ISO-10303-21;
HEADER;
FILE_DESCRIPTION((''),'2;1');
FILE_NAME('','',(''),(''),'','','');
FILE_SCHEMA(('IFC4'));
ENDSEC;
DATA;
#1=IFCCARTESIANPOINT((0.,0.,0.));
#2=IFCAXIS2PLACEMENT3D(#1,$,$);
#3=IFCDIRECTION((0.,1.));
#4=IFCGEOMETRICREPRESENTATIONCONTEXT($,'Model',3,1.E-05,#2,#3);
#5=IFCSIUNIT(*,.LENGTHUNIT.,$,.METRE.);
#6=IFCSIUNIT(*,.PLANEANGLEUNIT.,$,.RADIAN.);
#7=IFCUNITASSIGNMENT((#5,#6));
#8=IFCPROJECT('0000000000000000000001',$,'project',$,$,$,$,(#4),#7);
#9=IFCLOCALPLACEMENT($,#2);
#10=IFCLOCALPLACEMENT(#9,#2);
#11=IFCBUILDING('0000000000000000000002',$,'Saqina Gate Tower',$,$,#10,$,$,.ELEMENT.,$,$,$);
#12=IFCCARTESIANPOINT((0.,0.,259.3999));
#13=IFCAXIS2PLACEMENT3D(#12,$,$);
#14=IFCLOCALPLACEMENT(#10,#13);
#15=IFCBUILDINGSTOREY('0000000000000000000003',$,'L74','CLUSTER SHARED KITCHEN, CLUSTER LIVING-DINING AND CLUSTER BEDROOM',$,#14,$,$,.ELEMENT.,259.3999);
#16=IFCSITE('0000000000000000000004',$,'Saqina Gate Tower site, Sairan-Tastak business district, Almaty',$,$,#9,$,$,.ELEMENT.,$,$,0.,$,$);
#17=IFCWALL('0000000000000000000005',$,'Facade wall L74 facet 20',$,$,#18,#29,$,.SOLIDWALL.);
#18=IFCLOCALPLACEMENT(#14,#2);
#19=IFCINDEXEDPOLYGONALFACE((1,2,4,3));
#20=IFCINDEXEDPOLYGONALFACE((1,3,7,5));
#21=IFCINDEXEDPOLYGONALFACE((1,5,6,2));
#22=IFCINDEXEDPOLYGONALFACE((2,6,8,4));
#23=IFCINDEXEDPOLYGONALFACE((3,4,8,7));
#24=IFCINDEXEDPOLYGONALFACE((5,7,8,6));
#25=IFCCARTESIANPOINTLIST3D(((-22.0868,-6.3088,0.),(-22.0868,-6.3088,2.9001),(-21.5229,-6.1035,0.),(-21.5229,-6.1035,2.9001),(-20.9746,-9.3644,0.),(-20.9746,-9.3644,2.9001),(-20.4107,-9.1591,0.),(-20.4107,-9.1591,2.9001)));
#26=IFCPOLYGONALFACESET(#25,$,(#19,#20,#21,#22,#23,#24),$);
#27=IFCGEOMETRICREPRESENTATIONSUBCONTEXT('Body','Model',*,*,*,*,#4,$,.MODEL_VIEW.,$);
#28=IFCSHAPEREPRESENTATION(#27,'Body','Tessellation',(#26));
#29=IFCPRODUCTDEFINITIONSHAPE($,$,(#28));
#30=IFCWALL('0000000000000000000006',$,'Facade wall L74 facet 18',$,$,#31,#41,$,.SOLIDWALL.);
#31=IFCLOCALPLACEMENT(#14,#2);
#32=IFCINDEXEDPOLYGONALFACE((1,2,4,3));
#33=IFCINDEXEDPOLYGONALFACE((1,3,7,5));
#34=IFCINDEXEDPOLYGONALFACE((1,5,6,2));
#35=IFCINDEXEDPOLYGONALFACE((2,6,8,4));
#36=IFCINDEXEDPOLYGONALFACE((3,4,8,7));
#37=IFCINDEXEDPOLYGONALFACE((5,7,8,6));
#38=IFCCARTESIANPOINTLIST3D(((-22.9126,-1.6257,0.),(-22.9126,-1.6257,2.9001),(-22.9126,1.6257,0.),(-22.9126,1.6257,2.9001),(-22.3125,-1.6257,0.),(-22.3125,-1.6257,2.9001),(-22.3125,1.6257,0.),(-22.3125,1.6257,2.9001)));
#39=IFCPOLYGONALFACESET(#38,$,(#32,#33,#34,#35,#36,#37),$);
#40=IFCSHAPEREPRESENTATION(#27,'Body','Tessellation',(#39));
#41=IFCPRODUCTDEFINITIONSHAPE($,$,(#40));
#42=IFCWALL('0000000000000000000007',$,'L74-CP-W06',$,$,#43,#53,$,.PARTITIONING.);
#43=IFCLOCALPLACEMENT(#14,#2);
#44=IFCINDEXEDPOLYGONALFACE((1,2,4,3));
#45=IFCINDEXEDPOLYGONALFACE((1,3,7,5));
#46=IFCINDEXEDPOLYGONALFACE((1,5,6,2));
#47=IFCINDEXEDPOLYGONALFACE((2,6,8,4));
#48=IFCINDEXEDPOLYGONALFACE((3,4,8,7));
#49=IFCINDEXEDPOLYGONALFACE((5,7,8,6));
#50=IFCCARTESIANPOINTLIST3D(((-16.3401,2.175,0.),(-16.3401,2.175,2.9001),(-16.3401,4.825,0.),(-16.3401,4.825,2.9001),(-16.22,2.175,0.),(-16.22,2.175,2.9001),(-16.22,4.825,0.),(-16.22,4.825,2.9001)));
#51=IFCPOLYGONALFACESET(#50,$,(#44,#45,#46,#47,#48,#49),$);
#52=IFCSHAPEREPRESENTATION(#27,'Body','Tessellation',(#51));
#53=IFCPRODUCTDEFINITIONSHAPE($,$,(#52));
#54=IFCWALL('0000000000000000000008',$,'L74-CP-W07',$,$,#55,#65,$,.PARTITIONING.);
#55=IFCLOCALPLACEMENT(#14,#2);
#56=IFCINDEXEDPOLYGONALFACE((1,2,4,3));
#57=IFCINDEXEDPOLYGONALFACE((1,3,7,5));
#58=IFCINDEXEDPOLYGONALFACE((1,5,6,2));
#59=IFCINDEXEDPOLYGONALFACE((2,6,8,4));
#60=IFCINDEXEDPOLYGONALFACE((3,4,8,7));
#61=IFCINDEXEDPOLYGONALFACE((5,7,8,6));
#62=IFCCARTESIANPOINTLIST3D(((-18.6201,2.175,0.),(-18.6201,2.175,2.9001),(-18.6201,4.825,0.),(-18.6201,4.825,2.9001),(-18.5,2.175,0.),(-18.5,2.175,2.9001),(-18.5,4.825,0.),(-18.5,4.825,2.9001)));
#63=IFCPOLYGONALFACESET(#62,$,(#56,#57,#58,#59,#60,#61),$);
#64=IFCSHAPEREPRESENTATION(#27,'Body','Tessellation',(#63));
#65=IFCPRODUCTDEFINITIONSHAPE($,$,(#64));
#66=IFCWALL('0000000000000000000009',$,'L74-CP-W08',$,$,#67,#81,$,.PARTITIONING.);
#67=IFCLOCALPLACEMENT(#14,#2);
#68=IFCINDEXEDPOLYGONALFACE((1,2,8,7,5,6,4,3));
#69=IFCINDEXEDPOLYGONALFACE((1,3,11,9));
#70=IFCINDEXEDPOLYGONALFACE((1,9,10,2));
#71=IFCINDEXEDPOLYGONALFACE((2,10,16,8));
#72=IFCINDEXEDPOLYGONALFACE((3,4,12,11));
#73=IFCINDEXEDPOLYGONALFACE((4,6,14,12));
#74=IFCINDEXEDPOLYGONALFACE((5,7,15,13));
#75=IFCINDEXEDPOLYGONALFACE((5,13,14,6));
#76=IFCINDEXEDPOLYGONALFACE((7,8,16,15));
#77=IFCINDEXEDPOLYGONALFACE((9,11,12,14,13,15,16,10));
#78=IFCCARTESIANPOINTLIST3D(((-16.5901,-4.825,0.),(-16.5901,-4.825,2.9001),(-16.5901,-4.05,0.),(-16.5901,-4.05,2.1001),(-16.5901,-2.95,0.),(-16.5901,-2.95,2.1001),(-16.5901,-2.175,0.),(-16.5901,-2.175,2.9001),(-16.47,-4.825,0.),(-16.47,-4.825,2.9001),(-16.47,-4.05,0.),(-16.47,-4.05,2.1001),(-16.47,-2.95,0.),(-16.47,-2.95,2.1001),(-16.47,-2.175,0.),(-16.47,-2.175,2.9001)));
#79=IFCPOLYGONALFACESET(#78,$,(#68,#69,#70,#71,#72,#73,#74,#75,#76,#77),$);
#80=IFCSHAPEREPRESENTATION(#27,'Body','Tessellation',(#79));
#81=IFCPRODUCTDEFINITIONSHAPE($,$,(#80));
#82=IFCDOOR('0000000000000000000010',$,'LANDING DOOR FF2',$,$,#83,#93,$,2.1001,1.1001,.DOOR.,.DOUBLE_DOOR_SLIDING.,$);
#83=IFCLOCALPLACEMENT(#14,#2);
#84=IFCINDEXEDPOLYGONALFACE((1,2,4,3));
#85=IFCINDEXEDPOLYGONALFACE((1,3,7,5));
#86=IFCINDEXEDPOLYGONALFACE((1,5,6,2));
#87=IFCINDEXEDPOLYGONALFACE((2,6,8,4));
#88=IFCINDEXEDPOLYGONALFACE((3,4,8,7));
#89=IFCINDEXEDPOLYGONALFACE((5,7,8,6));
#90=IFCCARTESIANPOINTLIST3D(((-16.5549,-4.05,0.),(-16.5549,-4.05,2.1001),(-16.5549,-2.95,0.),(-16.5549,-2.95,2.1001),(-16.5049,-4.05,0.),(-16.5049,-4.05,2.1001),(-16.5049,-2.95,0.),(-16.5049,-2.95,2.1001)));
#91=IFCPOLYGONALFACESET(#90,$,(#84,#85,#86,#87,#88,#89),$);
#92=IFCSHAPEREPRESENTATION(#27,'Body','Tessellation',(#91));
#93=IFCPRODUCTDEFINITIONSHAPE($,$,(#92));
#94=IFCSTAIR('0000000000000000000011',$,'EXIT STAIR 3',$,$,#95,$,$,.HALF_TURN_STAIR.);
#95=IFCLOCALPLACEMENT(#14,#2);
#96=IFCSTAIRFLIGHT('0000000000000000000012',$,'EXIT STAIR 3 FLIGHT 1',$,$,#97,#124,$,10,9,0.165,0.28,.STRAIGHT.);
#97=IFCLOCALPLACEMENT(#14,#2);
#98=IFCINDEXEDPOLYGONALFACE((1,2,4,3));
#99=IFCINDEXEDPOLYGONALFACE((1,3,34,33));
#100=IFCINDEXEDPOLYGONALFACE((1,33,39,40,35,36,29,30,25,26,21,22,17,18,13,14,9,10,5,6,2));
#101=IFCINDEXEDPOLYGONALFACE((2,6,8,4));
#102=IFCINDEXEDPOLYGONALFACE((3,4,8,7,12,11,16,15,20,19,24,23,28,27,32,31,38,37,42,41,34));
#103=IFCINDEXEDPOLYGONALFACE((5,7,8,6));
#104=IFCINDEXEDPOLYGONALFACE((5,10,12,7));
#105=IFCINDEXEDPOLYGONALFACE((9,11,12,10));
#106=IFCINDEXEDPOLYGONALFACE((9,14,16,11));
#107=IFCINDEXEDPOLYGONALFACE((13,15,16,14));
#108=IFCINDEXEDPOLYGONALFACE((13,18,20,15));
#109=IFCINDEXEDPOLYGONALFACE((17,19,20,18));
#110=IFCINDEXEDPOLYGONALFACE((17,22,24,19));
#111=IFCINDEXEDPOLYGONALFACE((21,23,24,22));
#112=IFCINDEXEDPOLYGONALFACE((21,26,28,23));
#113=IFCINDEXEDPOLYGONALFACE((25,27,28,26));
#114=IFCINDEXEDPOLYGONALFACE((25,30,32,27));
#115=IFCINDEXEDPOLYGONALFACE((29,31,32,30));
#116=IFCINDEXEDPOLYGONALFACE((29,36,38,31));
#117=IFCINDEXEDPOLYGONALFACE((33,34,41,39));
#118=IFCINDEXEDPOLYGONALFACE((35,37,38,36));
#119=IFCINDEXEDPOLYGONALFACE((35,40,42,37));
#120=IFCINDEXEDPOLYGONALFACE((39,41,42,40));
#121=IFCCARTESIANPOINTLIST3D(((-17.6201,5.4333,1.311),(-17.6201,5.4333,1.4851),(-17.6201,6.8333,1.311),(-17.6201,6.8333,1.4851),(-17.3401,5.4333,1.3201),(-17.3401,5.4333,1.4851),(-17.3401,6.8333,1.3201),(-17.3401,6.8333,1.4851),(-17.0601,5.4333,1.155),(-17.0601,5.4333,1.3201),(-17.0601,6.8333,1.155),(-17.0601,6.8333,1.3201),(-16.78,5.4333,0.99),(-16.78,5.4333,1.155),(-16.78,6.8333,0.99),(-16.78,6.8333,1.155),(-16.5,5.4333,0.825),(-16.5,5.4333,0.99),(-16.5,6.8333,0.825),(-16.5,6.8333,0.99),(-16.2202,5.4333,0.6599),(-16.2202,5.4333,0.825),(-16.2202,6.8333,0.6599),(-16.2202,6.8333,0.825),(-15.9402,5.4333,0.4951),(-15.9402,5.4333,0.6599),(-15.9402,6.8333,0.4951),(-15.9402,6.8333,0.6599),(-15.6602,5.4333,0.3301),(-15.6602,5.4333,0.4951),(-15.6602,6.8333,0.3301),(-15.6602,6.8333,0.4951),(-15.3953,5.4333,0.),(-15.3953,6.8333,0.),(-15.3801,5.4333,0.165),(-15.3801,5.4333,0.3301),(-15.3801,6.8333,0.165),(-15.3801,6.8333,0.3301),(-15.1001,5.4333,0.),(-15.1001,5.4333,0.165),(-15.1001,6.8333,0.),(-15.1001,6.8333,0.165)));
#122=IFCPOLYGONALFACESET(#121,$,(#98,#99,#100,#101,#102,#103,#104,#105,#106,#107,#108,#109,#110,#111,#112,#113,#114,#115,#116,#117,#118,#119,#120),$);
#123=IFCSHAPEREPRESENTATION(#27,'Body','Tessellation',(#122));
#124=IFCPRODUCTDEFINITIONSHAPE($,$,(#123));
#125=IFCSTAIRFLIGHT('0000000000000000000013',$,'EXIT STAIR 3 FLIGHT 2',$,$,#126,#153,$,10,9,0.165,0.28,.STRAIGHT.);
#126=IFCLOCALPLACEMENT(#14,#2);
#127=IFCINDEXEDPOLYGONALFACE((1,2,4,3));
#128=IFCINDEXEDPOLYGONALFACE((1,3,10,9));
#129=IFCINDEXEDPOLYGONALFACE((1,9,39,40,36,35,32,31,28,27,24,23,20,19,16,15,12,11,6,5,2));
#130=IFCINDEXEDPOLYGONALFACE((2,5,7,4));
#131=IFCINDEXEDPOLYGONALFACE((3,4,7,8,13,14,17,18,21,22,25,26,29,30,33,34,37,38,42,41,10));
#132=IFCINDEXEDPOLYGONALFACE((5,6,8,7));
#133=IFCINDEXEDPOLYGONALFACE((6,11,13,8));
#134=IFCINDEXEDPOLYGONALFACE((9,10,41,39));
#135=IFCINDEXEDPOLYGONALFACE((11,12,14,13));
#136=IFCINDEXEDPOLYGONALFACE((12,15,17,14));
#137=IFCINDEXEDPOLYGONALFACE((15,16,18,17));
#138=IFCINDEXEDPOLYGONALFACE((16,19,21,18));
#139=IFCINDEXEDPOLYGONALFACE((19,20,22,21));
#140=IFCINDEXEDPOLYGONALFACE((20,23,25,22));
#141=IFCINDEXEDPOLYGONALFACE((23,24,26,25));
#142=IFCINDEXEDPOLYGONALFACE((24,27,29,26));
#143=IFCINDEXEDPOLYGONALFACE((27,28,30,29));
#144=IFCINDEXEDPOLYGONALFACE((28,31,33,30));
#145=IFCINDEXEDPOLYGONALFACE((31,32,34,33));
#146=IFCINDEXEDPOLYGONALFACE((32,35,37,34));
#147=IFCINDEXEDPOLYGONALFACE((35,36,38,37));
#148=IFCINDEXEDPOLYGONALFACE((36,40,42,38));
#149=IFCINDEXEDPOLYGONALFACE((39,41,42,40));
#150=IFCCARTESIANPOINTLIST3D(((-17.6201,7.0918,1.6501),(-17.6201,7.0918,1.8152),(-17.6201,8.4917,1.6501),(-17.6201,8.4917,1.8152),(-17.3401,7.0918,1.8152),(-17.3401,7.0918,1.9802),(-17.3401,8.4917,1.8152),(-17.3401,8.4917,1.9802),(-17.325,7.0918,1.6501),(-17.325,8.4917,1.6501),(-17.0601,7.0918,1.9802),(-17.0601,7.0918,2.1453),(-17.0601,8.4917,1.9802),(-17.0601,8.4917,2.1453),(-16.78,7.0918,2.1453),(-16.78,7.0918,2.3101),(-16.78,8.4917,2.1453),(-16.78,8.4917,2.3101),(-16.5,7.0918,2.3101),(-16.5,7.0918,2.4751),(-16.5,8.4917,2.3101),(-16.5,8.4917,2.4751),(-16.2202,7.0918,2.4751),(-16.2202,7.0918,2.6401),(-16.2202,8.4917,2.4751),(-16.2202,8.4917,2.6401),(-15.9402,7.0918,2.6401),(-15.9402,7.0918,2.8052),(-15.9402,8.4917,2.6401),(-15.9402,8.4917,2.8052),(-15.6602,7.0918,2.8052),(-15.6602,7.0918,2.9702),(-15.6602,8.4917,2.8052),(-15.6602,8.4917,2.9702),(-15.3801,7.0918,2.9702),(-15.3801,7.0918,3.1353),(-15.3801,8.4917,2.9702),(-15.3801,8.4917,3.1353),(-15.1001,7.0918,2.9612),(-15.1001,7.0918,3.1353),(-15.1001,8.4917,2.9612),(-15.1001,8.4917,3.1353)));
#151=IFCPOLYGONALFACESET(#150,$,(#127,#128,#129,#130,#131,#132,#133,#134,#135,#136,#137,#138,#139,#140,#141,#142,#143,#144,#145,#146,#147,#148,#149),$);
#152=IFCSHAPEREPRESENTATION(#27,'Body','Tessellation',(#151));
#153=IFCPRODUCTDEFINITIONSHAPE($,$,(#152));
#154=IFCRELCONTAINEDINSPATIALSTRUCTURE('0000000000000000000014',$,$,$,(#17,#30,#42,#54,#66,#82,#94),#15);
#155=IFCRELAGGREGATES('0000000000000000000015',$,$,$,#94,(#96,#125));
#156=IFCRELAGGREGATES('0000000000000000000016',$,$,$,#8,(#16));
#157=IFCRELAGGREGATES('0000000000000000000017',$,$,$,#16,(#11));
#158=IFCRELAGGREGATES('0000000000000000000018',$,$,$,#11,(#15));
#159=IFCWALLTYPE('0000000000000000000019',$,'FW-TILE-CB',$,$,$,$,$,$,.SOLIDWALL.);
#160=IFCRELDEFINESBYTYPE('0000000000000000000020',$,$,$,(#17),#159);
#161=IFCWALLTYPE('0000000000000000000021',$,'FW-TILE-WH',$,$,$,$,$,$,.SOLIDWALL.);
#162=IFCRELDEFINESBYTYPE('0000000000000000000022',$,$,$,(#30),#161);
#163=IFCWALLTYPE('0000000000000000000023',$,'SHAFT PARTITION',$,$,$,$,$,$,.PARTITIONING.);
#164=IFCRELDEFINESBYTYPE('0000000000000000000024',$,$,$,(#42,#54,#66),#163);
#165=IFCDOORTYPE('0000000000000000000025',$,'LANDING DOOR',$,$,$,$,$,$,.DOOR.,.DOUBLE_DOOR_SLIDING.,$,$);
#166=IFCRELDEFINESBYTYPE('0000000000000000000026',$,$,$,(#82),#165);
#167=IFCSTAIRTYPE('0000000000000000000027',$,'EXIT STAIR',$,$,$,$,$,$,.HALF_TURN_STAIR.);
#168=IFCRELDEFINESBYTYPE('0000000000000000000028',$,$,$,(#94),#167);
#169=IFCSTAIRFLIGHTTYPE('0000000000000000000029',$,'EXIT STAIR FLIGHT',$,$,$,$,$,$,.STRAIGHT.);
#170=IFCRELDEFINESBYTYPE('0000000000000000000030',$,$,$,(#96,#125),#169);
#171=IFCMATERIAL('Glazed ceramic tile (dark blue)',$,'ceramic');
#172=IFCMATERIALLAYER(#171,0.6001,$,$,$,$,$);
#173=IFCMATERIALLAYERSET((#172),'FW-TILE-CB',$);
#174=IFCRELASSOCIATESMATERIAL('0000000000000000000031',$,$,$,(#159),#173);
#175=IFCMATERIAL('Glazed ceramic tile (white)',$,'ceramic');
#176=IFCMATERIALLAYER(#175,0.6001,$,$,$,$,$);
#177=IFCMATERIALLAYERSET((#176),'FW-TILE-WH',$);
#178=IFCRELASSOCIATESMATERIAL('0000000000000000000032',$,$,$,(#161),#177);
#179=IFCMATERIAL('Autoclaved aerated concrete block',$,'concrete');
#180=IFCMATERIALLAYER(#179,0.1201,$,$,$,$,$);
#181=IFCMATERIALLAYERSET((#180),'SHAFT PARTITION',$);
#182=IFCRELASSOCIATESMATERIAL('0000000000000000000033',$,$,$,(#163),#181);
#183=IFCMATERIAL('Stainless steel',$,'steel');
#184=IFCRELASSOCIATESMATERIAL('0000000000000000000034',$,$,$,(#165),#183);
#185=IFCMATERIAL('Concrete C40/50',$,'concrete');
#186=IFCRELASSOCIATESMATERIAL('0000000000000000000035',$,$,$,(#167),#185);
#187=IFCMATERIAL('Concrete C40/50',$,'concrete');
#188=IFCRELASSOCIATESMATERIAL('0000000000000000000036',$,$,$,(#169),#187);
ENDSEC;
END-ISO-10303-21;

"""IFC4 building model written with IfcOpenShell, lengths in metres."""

from ifc_helpers import new_model, si_unit, direction, frame, frame_2d, origin, place, context, subcontext, project, spatial, polyline, rectangle, outline, extrude, material, layer, layer_set, type_object, element, fill, aggregate, save


model = new_model("IFC4")

# Units and contexts
model_context = context("Model", 3, precision=1e-05, world=origin(), true_north=direction((0.0, 1.0)))
body_context = subcontext(model_context, "Body", "Model", "MODEL_VIEW")
ifc_project = project(units=[si_unit("LENGTHUNIT", "METRE"), si_unit("PLANEANGLEUNIT", "RADIAN")], contexts=[model_context])

# Site, building, storey
site_placement = place(None, origin())
site = spatial("IfcSite", under=ifc_project, at=site_placement, Name="Saqina Gate Tower site, Sairan-Tastak business district, Almaty", CompositionType="ELEMENT", RefElevation=0.0)
building_placement = place(site_placement, origin())
building = spatial("IfcBuilding", under=site, at=building_placement, Name="Saqina Gate Tower", CompositionType="ELEMENT")
storey_placement = place(building_placement, frame((0.0, 0.0, 259.3999)))
storey = spatial("IfcBuildingStorey", under=building, at=storey_placement, Name="L74", Description="CLUSTER SHARED KITCHEN, CLUSTER LIVING-DINING AND CLUSTER BEDROOM", CompositionType="ELEMENT", Elevation=259.3999)

# Walls
ifc_material_1 = material(Name="Glazed ceramic tile (dark blue)", Category="ceramic")
ifc_layer_1 = layer(ifc_material_1, 0.6001)
ifc_layer_set_1 = layer_set([ifc_layer_1], Name="FW-TILE-CB")
wall_type_1 = type_object("IfcWallType", Name="FW-TILE-CB", PredefinedType="SOLIDWALL", material=ifc_layer_set_1)
wall_1_placement = place(storey_placement, frame((-21.8049, -6.2061, 0.0), z_axis=(0.0, 0.0, 1.0), x_axis=(0.342057, -0.939679, 0.0)))
element("IfcWall", 1, at=wall_1_placement, inside=storey, type_object=wall_type_1, Name="Facade wall L74 facet 20", PredefinedType="SOLIDWALL", context=body_context, shape_type="SweptSolid", body=[
    extrude(rectangle(XDim=3.2517, YDim=0.6001, at=frame_2d((1.626, 0.0))), origin(), (0.0, 0.0, 1.0), 2.9001),
])
ifc_material_2 = material(Name="Glazed ceramic tile (white)", Category="ceramic")
ifc_layer_2 = layer(ifc_material_2, 0.6001)
ifc_layer_set_2 = layer_set([ifc_layer_2], Name="FW-TILE-WH")
wall_type_2 = type_object("IfcWallType", Name="FW-TILE-WH", PredefinedType="SOLIDWALL", material=ifc_layer_set_2)
wall_2_placement = place(storey_placement, frame((-22.6125, 1.6257, 0.0), z_axis=(0.0, 0.0, 1.0), x_axis=(0.0, -1.0, 0.0)))
element("IfcWall", 2, at=wall_2_placement, inside=storey, type_object=wall_type_2, Name="Facade wall L74 facet 18", PredefinedType="SOLIDWALL", context=body_context, shape_type="SweptSolid", body=[
    extrude(rectangle(XDim=3.2515, YDim=0.6001, at=frame_2d((1.6257, 0.0))), origin(), (0.0, 0.0, 1.0), 2.9001),
])
ifc_material_3 = material(Name="Autoclaved aerated concrete block", Category="concrete")
ifc_layer_3 = layer(ifc_material_3, 0.1201)
ifc_layer_set_3 = layer_set([ifc_layer_3], Name="SHAFT PARTITION")
wall_type_3 = type_object("IfcWallType", Name="SHAFT PARTITION", PredefinedType="PARTITIONING", material=ifc_layer_set_3)
for number, where, z_axis, x_axis, name in (
    (3, (-16.28, 2.175, 0.0), (0.0, 0.0, 1.0), (0.0, 1.0, 0.0), "L74-CP-W06"),
    (4, (-18.5601, 2.175, 0.0), (0.0, 0.0, 1.0), (0.0, 1.0, 0.0), "L74-CP-W07"),
):
    element("IfcWall", number, at=place(storey_placement, frame(where, z_axis=z_axis, x_axis=x_axis)), inside=storey, type_object=wall_type_3, Name=name, PredefinedType="PARTITIONING", context=body_context, shape_type="SweptSolid", body=[
        extrude(rectangle(XDim=2.6499, YDim=0.1201, at=frame_2d((1.325, 0.0))), origin(), (0.0, 0.0, 1.0), 2.9001),
    ])

# Wall, opening, door
wall_3_placement = place(storey_placement, frame((-16.53, -4.825, 0.0), z_axis=(0.0, 0.0, 1.0), x_axis=(0.0, 1.0, 0.0)))
wall_3 = element("IfcWall", 5, at=wall_3_placement, inside=storey, type_object=wall_type_3, Name="L74-CP-W08", PredefinedType="PARTITIONING", context=body_context, shape_type="SweptSolid", body=[
    extrude(rectangle(XDim=2.6499, YDim=0.1201, at=frame_2d((1.325, 0.0))), origin(), (0.0, 0.0, 1.0), 2.9001),
])
opening_1_placement = place(wall_3_placement, frame((0.7749, 0.0, 0.0)))
opening_1 = element("IfcOpeningElement", 6, at=opening_1_placement, cuts=wall_3, PredefinedType="OPENING", context=body_context, shape_type="SweptSolid", body=[
    extrude(rectangle(XDim=1.1001, YDim=2.1001, at=frame_2d((0.55, 1.05))), frame((0.0, 0.072, 0.0), z_axis=(0.0, -1.0, 0.0), x_axis=(1.0, 0.0, 0.0)), (0.0, 0.0, 1.0), 0.144),
])
ifc_material_4 = material(Name="Stainless steel", Category="steel")
door_type_1 = type_object("IfcDoorType", Name="LANDING DOOR", OperationType="DOUBLE_DOOR_SLIDING", PredefinedType="DOOR", material=ifc_material_4)
door_1_placement = place(opening_1_placement, origin())
door_1 = element("IfcDoor", 7, at=door_1_placement, inside=storey, type_object=door_type_1, Name="LANDING DOOR FF2", OperationType="DOUBLE_DOOR_SLIDING", OverallHeight=2.1001, OverallWidth=1.1001, PredefinedType="DOOR", context=body_context, shape_type="SweptSolid", body=[
    extrude(rectangle(XDim=1.1001, YDim=2.1001, at=frame_2d((0.55, 1.05))), frame((0.0, 0.0249, 0.0), z_axis=(0.0, -1.0, 0.0), x_axis=(1.0, 0.0, 0.0)), (0.0, 0.0, 1.0), 0.05),
])
fill(opening_1, door_1)

# Stair, stair flights
ifc_material_5 = material(Name="Concrete C40/50", Category="concrete")
stair_type = type_object("IfcStairType", Name="EXIT STAIR", PredefinedType="HALF_TURN_STAIR", material=ifc_material_5)
stair_1_placement = place(storey_placement, origin())
stair_1 = element("IfcStair", 8, at=stair_1_placement, inside=storey, type_object=stair_type, Name="EXIT STAIR 3", PredefinedType="HALF_TURN_STAIR")
ifc_material_6 = material(Name="Concrete C40/50", Category="concrete")
stair_flight_type = type_object("IfcStairFlightType", Name="EXIT STAIR FLIGHT", PredefinedType="STRAIGHT", material=ifc_material_6)
stair_flight_1_placement = place(storey_placement, frame((-15.1001, 6.1333, 0.0), z_axis=(0.0, 0.0, 1.0), x_axis=(-1.0, 0.0, 0.0)))
stair_flight_1 = element("IfcStairFlight", 9, at=stair_flight_1_placement, type_object=stair_flight_type, Name="EXIT STAIR 3 FLIGHT 1", NumberOfRisers=10, NumberOfTreads=9, PredefinedType="STRAIGHT", RiserHeight=0.165, TreadLength=0.28, context=body_context, shape_type="SweptSolid", body=[
    extrude(outline(polyline([(0.0, 0.0), (0.0, 0.165), (0.28, 0.165), (0.28, 0.3301), (0.5601, 0.3301), (0.5601, 0.4951), (0.8401, 0.4951), (0.8401, 0.6599), (1.1201, 0.6599), (1.1201, 0.825), (1.3999, 0.825), (1.3999, 0.99), (1.6799, 0.99), (1.6799, 1.155), (1.96, 1.155), (1.96, 1.3201), (2.24, 1.3201), (2.24, 1.4851), (2.52, 1.4851), (2.52, 1.6499), (2.52, 1.311), (0.2952, 0.0), (0.0, 0.0)])), frame((0.0, 0.7, 0.0), z_axis=(0.0, -1.0, 0.0), x_axis=(1.0, 0.0, 0.0)), (0.0, 0.0, 1.0), 1.3999),
])
stair_flight_2_placement = place(storey_placement, frame((-17.6201, 7.7917, 1.6501), z_axis=(0.0, 0.0, 1.0), x_axis=(1.0, 0.0, 0.0)))
stair_flight_2 = element("IfcStairFlight", 10, at=stair_flight_2_placement, type_object=stair_flight_type, Name="EXIT STAIR 3 FLIGHT 2", NumberOfRisers=10, NumberOfTreads=9, PredefinedType="STRAIGHT", RiserHeight=0.165, TreadLength=0.28, context=body_context, shape_type="SweptSolid", body=[
    extrude(outline(polyline([(0.0, 0.0), (0.0, 0.165), (0.28, 0.165), (0.28, 0.3301), (0.5601, 0.3301), (0.5601, 0.4951), (0.8401, 0.4951), (0.8401, 0.6599), (1.1201, 0.6599), (1.1201, 0.825), (1.3999, 0.825), (1.3999, 0.99), (1.6799, 0.99), (1.6799, 1.155), (1.96, 1.155), (1.96, 1.3201), (2.24, 1.3201), (2.24, 1.4851), (2.52, 1.4851), (2.52, 1.6499), (2.52, 1.311), (0.2952, 0.0), (0.0, 0.0)])), frame((0.0, 0.7, 0.0), z_axis=(0.0, -1.0, 0.0), x_axis=(1.0, 0.0, 0.0)), (0.0, 0.0, 1.0), 1.3999),
])
aggregate(stair_1, [stair_flight_1, stair_flight_2])

save(model, "model.ifc")
